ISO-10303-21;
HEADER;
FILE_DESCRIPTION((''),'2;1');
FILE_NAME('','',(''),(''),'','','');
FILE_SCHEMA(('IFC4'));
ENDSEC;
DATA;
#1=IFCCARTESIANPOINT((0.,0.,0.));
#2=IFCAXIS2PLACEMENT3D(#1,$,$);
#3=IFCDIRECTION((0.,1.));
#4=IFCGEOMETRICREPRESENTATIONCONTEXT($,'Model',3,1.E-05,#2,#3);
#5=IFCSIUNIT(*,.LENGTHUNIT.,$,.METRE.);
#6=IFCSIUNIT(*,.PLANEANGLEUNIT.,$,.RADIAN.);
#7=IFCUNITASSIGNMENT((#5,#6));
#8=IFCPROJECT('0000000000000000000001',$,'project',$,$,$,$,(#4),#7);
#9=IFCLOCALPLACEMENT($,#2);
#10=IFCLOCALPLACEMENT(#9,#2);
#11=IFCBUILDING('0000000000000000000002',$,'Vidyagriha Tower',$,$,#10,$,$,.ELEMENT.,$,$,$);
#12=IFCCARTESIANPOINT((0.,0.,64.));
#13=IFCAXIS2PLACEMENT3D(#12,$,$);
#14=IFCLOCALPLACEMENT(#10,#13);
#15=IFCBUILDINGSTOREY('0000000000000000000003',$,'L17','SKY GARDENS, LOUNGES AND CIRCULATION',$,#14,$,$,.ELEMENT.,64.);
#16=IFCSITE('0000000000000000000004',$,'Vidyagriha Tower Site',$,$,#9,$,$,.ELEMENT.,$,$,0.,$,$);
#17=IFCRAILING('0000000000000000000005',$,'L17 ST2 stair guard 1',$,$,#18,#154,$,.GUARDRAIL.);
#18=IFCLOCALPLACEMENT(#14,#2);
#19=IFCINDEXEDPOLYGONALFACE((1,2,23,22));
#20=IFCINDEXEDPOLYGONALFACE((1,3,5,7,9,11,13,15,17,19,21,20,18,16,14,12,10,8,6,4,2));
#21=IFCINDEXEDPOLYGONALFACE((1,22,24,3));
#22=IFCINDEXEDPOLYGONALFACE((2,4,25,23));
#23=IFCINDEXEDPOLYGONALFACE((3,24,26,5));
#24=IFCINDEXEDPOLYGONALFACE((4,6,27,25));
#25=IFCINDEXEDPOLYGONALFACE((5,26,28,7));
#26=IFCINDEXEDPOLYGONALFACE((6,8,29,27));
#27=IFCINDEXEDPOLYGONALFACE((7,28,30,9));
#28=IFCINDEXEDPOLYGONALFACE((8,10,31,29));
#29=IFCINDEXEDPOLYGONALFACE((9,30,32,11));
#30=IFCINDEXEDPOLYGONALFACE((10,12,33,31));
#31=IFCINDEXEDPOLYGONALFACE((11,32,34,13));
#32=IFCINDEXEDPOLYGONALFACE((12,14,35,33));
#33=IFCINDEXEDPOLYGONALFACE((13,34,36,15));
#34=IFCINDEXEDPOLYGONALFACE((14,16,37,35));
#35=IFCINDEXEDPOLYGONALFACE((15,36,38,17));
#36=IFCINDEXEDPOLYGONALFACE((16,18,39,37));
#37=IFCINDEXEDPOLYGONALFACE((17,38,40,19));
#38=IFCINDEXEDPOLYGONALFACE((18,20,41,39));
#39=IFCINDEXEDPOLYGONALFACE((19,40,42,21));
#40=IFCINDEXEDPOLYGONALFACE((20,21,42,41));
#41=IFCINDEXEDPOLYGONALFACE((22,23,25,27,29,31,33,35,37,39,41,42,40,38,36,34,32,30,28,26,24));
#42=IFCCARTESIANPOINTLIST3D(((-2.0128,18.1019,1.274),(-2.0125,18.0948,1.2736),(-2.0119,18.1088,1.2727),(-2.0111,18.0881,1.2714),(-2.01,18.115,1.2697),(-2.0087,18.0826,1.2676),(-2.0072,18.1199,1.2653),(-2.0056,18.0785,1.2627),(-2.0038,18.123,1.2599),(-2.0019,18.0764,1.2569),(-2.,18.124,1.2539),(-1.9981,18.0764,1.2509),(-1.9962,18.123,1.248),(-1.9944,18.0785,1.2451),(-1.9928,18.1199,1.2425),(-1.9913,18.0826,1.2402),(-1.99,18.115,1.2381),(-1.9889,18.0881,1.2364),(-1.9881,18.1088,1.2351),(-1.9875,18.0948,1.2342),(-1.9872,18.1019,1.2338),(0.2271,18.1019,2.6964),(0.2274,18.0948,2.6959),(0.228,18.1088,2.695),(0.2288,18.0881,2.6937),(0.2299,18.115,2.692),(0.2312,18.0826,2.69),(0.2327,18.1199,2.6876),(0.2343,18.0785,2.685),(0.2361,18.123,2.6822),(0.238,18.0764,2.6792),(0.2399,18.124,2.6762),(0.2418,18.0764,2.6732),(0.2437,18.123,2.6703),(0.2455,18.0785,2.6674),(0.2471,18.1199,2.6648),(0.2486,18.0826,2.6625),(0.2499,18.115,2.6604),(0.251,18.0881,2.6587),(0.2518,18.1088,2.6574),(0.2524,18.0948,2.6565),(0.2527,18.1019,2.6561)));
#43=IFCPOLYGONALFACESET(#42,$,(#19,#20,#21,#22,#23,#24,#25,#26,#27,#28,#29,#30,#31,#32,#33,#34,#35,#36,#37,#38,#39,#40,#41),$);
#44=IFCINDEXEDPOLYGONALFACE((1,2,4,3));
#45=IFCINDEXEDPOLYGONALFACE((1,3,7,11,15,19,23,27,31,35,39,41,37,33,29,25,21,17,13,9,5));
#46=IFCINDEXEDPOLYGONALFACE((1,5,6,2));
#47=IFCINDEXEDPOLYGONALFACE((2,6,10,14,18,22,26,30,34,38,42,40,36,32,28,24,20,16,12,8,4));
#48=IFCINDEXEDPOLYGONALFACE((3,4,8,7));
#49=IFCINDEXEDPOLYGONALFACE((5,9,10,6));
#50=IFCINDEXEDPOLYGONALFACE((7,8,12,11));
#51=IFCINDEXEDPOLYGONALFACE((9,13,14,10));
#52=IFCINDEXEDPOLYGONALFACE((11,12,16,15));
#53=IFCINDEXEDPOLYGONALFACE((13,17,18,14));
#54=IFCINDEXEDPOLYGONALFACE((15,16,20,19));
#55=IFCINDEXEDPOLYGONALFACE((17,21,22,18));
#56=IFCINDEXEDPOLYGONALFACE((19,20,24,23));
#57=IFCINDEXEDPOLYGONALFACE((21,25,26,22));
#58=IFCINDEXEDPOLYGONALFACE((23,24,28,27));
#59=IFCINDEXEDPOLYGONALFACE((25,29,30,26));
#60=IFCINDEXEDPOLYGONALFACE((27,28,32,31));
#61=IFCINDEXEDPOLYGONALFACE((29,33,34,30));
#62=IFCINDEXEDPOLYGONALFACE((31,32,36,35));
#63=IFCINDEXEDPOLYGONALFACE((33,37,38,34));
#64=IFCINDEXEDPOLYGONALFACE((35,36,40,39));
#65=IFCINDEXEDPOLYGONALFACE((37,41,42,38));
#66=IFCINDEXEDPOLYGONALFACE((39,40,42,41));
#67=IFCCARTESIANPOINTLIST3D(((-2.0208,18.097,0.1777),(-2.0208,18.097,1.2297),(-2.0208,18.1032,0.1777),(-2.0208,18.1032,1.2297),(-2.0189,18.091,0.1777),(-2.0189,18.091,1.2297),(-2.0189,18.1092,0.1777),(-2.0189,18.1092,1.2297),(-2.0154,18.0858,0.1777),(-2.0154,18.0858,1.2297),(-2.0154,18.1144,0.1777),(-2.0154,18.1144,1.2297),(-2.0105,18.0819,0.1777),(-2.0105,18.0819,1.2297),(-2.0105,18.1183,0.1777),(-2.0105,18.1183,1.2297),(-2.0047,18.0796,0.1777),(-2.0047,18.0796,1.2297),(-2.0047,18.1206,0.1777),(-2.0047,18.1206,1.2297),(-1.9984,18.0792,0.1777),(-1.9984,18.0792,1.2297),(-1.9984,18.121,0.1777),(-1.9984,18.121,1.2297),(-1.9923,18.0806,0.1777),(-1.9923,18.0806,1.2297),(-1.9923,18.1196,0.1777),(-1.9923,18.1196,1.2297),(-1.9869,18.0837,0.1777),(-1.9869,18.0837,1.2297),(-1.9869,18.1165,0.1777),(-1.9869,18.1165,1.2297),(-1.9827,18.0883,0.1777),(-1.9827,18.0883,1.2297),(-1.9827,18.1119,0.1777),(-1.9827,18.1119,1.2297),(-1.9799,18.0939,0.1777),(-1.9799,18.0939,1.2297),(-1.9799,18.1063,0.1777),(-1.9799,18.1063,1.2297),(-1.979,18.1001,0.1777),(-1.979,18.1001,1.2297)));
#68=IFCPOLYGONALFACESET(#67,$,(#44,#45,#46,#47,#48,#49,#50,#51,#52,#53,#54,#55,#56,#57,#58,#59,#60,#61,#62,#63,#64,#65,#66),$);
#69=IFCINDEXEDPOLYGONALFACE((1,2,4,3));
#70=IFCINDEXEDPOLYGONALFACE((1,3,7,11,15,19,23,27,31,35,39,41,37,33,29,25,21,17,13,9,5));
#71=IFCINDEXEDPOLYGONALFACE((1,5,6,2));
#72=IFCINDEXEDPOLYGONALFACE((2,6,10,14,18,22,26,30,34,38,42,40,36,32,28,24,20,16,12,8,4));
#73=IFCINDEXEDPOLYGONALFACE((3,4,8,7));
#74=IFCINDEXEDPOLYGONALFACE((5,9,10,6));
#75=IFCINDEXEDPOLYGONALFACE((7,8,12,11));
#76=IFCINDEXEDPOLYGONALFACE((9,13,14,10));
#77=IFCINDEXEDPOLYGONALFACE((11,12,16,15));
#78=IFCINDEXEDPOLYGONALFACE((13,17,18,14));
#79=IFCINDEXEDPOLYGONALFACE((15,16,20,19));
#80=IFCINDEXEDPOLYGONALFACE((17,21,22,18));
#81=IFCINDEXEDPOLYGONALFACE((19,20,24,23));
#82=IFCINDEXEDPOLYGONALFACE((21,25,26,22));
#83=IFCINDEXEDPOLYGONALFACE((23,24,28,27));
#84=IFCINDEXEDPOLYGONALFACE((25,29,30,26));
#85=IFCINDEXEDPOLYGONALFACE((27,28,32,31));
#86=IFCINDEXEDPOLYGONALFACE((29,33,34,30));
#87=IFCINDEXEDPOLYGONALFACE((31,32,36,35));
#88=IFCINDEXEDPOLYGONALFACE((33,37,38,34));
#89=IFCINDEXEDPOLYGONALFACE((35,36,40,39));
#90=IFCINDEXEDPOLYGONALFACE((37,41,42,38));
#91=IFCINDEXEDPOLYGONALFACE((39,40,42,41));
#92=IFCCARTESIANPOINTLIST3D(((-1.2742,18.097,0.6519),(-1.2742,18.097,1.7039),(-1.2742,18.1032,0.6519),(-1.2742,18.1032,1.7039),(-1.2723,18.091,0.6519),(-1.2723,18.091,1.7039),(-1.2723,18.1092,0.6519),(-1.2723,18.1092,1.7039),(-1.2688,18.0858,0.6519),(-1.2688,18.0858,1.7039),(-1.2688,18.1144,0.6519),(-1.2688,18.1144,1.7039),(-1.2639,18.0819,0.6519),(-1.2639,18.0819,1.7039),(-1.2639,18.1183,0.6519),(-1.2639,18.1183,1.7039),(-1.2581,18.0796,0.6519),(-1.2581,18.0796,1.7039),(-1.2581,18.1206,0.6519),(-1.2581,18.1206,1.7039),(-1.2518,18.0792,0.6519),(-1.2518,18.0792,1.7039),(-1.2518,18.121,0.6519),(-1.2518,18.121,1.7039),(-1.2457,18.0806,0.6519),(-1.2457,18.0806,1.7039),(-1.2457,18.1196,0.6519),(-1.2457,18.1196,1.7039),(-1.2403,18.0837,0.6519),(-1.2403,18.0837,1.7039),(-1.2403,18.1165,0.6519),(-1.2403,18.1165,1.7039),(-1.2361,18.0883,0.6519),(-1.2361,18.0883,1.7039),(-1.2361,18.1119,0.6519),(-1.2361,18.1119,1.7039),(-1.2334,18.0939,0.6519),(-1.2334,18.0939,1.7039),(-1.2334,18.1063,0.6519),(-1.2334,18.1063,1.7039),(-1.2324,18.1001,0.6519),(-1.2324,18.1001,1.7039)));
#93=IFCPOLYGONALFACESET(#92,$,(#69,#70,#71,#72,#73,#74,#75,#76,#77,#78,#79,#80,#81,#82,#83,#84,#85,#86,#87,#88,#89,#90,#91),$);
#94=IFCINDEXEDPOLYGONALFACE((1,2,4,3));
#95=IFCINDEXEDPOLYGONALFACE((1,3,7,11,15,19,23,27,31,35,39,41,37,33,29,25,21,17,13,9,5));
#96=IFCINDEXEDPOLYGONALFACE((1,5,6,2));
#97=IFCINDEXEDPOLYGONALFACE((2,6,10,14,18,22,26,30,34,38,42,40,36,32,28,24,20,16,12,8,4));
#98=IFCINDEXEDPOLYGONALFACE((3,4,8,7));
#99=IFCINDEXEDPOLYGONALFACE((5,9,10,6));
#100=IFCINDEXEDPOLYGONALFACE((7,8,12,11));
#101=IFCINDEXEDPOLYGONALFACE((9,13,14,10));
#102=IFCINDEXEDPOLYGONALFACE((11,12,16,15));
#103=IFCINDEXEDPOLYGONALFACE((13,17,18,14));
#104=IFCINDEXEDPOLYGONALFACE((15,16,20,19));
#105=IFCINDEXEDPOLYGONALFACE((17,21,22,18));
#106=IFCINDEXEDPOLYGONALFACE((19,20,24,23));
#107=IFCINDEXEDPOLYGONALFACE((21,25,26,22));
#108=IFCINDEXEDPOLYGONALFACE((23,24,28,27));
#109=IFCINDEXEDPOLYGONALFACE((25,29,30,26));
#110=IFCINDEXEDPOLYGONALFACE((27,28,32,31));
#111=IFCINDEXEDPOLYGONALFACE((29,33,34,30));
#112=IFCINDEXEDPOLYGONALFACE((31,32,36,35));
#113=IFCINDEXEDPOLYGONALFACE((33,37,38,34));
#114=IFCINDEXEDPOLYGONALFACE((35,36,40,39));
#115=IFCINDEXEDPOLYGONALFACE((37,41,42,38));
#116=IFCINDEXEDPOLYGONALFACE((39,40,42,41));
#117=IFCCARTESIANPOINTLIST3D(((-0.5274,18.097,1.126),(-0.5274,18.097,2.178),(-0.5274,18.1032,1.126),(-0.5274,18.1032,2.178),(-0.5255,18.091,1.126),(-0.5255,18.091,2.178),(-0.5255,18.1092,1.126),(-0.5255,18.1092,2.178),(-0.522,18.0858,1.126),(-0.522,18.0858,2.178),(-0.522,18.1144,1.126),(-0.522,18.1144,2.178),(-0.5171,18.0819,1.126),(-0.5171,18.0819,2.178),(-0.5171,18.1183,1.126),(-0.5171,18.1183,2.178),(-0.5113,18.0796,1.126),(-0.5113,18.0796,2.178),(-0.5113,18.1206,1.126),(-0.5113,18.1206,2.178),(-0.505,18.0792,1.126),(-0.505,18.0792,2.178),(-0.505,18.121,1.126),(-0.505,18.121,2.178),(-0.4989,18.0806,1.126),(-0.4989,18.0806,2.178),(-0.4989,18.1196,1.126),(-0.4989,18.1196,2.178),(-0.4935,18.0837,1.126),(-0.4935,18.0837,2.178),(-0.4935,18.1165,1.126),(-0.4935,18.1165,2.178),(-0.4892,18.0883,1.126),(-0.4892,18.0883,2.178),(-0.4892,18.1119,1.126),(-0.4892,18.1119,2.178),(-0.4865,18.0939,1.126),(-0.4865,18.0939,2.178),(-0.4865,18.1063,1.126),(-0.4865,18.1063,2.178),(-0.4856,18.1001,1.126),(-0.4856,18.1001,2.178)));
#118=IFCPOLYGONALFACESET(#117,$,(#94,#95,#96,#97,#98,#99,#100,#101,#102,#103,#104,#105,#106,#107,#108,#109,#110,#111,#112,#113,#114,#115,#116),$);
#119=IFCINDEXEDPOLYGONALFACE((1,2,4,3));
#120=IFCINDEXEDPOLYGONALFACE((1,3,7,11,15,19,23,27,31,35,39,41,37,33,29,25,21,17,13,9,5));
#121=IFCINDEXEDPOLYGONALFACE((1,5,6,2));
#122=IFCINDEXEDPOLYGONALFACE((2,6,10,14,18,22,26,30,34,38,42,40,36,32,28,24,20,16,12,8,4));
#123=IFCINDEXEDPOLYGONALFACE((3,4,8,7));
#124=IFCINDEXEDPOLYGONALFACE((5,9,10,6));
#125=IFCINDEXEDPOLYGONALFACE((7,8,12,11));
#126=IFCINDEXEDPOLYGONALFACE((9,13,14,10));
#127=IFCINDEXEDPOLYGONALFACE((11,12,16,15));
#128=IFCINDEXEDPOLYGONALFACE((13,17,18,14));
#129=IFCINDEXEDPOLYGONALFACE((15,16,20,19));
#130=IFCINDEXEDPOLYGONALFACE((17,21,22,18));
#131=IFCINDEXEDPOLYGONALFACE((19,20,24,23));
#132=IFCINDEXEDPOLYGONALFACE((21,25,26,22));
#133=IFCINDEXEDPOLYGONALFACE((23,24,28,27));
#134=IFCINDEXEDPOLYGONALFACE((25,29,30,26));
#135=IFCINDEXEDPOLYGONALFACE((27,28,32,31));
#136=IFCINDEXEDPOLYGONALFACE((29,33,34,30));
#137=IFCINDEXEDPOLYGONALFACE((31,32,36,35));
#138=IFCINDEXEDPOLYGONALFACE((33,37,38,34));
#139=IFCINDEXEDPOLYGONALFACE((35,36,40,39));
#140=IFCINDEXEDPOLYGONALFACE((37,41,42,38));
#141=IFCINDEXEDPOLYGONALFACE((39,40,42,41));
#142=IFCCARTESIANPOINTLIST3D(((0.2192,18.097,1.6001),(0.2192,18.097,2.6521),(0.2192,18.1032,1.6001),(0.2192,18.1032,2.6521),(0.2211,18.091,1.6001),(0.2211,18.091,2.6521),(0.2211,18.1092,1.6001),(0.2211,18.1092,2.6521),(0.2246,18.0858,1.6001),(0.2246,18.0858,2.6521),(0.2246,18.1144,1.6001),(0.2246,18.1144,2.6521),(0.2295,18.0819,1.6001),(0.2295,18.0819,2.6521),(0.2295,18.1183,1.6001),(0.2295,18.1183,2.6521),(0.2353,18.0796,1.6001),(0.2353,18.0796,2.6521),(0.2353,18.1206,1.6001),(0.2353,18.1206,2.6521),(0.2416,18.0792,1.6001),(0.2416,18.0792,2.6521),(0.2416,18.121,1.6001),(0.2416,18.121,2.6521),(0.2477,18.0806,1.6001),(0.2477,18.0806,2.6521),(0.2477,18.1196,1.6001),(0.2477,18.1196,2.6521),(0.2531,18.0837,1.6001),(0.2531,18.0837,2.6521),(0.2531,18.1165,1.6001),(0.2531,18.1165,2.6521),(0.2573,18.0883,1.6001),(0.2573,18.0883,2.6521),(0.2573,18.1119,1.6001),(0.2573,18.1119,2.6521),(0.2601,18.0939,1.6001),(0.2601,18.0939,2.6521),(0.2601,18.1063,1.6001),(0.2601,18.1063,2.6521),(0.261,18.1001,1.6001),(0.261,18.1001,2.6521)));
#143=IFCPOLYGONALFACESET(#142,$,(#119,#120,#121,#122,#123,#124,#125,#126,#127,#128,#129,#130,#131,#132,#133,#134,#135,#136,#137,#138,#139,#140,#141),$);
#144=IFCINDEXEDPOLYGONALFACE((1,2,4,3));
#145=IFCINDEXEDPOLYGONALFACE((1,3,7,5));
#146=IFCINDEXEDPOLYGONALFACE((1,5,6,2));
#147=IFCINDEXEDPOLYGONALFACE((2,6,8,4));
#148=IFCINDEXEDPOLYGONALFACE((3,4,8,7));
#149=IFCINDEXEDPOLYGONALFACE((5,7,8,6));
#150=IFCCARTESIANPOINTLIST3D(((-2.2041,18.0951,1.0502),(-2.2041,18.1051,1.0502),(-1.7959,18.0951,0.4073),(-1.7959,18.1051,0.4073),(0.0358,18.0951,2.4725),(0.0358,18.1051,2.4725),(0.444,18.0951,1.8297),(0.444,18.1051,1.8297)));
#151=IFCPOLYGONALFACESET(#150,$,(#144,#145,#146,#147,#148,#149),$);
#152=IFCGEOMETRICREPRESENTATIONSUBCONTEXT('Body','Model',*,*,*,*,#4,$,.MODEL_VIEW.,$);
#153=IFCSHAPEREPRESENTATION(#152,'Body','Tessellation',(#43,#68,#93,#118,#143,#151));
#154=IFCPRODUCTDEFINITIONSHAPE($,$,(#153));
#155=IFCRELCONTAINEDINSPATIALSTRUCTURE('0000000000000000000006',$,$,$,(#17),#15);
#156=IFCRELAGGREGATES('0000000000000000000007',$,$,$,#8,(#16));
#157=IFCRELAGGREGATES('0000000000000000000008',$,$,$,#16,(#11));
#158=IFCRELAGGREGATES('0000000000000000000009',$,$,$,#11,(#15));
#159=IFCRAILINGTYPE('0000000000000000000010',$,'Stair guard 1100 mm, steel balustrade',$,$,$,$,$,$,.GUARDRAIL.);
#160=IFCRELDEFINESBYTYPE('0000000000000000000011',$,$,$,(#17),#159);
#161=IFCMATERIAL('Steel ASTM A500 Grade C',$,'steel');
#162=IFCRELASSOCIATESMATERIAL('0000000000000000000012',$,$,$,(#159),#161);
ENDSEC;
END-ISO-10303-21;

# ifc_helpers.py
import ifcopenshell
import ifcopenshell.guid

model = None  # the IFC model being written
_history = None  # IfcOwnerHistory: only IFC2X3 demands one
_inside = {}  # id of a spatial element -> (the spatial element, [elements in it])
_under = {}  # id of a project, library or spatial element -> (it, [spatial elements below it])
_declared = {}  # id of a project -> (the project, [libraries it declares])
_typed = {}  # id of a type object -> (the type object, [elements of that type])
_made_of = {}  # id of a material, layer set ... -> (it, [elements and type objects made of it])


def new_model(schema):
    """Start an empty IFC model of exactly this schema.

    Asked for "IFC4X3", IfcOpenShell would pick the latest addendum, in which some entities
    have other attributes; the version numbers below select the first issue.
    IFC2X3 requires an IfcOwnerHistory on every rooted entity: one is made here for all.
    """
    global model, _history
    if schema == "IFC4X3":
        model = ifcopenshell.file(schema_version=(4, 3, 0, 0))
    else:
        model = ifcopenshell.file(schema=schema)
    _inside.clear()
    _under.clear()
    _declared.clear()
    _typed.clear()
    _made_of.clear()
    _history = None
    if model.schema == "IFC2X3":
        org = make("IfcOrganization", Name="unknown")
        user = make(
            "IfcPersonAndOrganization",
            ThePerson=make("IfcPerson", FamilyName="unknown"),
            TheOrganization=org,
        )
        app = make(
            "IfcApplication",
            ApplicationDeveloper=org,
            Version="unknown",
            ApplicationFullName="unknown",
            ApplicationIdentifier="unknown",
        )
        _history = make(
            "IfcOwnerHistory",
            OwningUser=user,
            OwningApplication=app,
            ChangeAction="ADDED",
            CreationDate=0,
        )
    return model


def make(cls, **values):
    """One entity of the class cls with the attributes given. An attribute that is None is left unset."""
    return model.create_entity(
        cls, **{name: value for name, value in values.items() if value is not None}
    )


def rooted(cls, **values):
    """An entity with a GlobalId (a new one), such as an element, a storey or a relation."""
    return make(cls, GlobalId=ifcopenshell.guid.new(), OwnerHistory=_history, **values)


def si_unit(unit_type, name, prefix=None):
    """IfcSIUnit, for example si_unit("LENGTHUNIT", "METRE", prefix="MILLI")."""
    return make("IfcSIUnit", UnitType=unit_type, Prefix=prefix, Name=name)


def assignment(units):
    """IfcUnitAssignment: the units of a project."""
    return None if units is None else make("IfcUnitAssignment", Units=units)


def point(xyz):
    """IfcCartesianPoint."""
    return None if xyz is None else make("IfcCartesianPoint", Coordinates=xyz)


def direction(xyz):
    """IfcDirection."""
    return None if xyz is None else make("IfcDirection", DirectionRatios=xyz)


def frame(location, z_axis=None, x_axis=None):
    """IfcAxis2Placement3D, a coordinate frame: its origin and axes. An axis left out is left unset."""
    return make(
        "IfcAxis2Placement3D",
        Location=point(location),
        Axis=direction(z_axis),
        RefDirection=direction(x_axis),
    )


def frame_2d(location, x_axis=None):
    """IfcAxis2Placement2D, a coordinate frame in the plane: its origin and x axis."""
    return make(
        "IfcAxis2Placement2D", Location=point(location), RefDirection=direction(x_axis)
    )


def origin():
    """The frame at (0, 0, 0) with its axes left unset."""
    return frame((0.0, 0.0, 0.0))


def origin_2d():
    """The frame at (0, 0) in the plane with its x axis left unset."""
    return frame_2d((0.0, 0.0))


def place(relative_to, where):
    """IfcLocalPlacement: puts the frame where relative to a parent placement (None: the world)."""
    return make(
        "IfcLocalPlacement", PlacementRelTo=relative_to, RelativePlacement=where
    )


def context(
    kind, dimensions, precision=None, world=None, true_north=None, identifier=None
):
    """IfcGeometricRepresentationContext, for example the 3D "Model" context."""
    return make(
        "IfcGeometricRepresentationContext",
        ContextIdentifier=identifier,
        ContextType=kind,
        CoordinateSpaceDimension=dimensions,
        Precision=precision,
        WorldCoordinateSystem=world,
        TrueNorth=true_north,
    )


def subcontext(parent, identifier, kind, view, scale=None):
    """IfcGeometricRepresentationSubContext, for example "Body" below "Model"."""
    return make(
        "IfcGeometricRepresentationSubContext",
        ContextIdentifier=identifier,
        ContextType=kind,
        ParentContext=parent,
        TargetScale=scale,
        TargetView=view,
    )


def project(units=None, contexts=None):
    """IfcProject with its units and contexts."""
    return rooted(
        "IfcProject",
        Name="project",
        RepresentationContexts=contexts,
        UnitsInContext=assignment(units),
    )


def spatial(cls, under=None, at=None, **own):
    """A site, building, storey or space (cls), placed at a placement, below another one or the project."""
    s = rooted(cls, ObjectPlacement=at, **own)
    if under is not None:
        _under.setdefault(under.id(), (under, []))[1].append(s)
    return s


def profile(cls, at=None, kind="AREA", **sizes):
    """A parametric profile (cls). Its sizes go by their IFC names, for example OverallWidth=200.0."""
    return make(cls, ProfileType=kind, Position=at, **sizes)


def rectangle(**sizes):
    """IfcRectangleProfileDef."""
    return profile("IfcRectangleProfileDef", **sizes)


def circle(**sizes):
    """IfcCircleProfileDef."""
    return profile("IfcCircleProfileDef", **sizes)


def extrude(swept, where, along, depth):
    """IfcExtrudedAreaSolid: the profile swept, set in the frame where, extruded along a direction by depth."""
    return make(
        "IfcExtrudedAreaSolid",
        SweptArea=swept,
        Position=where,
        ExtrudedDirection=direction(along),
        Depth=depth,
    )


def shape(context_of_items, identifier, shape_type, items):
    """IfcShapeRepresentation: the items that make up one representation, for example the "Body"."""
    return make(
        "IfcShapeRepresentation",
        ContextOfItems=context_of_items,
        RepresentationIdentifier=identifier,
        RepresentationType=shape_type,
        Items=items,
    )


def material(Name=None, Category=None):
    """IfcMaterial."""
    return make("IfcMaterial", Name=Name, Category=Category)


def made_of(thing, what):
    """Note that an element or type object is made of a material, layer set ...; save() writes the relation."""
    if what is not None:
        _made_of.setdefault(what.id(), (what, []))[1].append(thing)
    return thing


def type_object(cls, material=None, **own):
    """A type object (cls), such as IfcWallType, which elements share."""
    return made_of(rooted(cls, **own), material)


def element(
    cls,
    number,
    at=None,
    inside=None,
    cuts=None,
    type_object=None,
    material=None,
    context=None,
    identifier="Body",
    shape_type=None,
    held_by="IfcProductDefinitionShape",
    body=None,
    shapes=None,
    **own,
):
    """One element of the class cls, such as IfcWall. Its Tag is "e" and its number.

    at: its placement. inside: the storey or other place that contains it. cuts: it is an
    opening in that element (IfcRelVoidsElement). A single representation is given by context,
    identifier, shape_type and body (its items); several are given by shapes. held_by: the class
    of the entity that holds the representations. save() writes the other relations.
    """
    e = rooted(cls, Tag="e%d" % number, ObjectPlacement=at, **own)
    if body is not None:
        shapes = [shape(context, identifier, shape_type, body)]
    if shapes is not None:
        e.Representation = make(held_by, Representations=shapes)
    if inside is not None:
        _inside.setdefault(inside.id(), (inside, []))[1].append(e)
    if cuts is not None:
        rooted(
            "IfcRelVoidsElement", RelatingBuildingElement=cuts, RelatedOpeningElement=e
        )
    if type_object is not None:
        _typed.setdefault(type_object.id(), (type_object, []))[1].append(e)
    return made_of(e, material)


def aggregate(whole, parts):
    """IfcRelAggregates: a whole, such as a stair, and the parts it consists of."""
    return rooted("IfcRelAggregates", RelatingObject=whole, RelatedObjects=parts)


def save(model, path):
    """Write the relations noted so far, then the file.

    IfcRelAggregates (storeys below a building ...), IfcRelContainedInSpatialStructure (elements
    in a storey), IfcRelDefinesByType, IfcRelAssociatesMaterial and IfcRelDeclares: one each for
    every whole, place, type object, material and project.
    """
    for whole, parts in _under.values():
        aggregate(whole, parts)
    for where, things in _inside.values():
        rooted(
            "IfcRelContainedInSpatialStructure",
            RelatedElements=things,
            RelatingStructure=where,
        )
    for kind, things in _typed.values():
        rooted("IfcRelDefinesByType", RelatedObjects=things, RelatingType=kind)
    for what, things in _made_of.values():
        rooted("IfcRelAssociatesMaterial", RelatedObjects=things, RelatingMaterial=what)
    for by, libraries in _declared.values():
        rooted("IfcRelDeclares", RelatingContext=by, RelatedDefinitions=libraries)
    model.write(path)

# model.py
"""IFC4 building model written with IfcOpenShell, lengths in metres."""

from ifc_helpers import new_model, si_unit, direction, frame, origin, origin_2d, place, context, subcontext, project, spatial, rectangle, circle, extrude, material, type_object, element, save


model = new_model("IFC4")

# Units and contexts
model_context = context("Model", 3, precision=1e-05, world=origin(), true_north=direction((0.0, 1.0)))
body_context = subcontext(model_context, "Body", "Model", "MODEL_VIEW")
ifc_project = project(units=[si_unit("LENGTHUNIT", "METRE"), si_unit("PLANEANGLEUNIT", "RADIAN")], contexts=[model_context])

# Site, building, storey
site_placement = place(None, origin())
site = spatial("IfcSite", under=ifc_project, at=site_placement, Name="Vidyagriha Tower Site", CompositionType="ELEMENT", RefElevation=0.0)
building_placement = place(site_placement, origin())
building = spatial("IfcBuilding", under=site, at=building_placement, Name="Vidyagriha Tower", CompositionType="ELEMENT")
storey_placement = place(building_placement, frame((0.0, 0.0, 64.0)))
storey = spatial("IfcBuildingStorey", under=building, at=storey_placement, Name="L17", Description="SKY GARDENS, LOUNGES AND CIRCULATION", CompositionType="ELEMENT", Elevation=64.0)

# Railing
ifc_material_1 = material(Name="Steel ASTM A500 Grade C", Category="steel")
railing_type_1 = type_object("IfcRailingType", Name="Stair guard 1100 mm, steel balustrade", PredefinedType="GUARDRAIL", material=ifc_material_1)
railing_1_placement = place(storey_placement, frame((-2.0, 18.1001, 0.1777)))
element("IfcRailing", 1, at=railing_1_placement, inside=storey, type_object=railing_type_1, Name="L17 ST2 stair guard 1", PredefinedType="GUARDRAIL", context=body_context, shape_type="SweptSolid", body=[
    extrude(circle(Radius=0.0239, at=origin_2d()), frame((0.0, 0.0, 1.0762), z_axis=(0.844188, 0.0, 0.536048), x_axis=(0.0, 1.0, 0.0)), (0.0, 0.0, 1.0), 2.6533),
    extrude(circle(Radius=0.021, at=origin_2d()), origin(), (0.0, 0.0, 1.0), 1.052),
    extrude(circle(Radius=0.021, at=origin_2d()), frame((0.7466, 0.0, 0.4741)), (0.0, 0.0, 1.0), 1.052),
    extrude(circle(Radius=0.021, at=origin_2d()), frame((1.4934, 0.0, 0.9482)), (0.0, 0.0, 1.0), 1.052),
    extrude(circle(Radius=0.021, at=origin_2d()), frame((2.24, 0.0, 1.4224)), (0.0, 0.0, 1.0), 1.052),
    extrude(rectangle(XDim=0.01, YDim=0.7615, at=origin_2d()), frame((0.0, 0.0, 0.551), z_axis=(0.844188, 0.0, 0.536048), x_axis=(0.0, 1.0, 0.0)), (0.0, 0.0, 1.0), 2.6533),
])

save(model, "model.ifc")
